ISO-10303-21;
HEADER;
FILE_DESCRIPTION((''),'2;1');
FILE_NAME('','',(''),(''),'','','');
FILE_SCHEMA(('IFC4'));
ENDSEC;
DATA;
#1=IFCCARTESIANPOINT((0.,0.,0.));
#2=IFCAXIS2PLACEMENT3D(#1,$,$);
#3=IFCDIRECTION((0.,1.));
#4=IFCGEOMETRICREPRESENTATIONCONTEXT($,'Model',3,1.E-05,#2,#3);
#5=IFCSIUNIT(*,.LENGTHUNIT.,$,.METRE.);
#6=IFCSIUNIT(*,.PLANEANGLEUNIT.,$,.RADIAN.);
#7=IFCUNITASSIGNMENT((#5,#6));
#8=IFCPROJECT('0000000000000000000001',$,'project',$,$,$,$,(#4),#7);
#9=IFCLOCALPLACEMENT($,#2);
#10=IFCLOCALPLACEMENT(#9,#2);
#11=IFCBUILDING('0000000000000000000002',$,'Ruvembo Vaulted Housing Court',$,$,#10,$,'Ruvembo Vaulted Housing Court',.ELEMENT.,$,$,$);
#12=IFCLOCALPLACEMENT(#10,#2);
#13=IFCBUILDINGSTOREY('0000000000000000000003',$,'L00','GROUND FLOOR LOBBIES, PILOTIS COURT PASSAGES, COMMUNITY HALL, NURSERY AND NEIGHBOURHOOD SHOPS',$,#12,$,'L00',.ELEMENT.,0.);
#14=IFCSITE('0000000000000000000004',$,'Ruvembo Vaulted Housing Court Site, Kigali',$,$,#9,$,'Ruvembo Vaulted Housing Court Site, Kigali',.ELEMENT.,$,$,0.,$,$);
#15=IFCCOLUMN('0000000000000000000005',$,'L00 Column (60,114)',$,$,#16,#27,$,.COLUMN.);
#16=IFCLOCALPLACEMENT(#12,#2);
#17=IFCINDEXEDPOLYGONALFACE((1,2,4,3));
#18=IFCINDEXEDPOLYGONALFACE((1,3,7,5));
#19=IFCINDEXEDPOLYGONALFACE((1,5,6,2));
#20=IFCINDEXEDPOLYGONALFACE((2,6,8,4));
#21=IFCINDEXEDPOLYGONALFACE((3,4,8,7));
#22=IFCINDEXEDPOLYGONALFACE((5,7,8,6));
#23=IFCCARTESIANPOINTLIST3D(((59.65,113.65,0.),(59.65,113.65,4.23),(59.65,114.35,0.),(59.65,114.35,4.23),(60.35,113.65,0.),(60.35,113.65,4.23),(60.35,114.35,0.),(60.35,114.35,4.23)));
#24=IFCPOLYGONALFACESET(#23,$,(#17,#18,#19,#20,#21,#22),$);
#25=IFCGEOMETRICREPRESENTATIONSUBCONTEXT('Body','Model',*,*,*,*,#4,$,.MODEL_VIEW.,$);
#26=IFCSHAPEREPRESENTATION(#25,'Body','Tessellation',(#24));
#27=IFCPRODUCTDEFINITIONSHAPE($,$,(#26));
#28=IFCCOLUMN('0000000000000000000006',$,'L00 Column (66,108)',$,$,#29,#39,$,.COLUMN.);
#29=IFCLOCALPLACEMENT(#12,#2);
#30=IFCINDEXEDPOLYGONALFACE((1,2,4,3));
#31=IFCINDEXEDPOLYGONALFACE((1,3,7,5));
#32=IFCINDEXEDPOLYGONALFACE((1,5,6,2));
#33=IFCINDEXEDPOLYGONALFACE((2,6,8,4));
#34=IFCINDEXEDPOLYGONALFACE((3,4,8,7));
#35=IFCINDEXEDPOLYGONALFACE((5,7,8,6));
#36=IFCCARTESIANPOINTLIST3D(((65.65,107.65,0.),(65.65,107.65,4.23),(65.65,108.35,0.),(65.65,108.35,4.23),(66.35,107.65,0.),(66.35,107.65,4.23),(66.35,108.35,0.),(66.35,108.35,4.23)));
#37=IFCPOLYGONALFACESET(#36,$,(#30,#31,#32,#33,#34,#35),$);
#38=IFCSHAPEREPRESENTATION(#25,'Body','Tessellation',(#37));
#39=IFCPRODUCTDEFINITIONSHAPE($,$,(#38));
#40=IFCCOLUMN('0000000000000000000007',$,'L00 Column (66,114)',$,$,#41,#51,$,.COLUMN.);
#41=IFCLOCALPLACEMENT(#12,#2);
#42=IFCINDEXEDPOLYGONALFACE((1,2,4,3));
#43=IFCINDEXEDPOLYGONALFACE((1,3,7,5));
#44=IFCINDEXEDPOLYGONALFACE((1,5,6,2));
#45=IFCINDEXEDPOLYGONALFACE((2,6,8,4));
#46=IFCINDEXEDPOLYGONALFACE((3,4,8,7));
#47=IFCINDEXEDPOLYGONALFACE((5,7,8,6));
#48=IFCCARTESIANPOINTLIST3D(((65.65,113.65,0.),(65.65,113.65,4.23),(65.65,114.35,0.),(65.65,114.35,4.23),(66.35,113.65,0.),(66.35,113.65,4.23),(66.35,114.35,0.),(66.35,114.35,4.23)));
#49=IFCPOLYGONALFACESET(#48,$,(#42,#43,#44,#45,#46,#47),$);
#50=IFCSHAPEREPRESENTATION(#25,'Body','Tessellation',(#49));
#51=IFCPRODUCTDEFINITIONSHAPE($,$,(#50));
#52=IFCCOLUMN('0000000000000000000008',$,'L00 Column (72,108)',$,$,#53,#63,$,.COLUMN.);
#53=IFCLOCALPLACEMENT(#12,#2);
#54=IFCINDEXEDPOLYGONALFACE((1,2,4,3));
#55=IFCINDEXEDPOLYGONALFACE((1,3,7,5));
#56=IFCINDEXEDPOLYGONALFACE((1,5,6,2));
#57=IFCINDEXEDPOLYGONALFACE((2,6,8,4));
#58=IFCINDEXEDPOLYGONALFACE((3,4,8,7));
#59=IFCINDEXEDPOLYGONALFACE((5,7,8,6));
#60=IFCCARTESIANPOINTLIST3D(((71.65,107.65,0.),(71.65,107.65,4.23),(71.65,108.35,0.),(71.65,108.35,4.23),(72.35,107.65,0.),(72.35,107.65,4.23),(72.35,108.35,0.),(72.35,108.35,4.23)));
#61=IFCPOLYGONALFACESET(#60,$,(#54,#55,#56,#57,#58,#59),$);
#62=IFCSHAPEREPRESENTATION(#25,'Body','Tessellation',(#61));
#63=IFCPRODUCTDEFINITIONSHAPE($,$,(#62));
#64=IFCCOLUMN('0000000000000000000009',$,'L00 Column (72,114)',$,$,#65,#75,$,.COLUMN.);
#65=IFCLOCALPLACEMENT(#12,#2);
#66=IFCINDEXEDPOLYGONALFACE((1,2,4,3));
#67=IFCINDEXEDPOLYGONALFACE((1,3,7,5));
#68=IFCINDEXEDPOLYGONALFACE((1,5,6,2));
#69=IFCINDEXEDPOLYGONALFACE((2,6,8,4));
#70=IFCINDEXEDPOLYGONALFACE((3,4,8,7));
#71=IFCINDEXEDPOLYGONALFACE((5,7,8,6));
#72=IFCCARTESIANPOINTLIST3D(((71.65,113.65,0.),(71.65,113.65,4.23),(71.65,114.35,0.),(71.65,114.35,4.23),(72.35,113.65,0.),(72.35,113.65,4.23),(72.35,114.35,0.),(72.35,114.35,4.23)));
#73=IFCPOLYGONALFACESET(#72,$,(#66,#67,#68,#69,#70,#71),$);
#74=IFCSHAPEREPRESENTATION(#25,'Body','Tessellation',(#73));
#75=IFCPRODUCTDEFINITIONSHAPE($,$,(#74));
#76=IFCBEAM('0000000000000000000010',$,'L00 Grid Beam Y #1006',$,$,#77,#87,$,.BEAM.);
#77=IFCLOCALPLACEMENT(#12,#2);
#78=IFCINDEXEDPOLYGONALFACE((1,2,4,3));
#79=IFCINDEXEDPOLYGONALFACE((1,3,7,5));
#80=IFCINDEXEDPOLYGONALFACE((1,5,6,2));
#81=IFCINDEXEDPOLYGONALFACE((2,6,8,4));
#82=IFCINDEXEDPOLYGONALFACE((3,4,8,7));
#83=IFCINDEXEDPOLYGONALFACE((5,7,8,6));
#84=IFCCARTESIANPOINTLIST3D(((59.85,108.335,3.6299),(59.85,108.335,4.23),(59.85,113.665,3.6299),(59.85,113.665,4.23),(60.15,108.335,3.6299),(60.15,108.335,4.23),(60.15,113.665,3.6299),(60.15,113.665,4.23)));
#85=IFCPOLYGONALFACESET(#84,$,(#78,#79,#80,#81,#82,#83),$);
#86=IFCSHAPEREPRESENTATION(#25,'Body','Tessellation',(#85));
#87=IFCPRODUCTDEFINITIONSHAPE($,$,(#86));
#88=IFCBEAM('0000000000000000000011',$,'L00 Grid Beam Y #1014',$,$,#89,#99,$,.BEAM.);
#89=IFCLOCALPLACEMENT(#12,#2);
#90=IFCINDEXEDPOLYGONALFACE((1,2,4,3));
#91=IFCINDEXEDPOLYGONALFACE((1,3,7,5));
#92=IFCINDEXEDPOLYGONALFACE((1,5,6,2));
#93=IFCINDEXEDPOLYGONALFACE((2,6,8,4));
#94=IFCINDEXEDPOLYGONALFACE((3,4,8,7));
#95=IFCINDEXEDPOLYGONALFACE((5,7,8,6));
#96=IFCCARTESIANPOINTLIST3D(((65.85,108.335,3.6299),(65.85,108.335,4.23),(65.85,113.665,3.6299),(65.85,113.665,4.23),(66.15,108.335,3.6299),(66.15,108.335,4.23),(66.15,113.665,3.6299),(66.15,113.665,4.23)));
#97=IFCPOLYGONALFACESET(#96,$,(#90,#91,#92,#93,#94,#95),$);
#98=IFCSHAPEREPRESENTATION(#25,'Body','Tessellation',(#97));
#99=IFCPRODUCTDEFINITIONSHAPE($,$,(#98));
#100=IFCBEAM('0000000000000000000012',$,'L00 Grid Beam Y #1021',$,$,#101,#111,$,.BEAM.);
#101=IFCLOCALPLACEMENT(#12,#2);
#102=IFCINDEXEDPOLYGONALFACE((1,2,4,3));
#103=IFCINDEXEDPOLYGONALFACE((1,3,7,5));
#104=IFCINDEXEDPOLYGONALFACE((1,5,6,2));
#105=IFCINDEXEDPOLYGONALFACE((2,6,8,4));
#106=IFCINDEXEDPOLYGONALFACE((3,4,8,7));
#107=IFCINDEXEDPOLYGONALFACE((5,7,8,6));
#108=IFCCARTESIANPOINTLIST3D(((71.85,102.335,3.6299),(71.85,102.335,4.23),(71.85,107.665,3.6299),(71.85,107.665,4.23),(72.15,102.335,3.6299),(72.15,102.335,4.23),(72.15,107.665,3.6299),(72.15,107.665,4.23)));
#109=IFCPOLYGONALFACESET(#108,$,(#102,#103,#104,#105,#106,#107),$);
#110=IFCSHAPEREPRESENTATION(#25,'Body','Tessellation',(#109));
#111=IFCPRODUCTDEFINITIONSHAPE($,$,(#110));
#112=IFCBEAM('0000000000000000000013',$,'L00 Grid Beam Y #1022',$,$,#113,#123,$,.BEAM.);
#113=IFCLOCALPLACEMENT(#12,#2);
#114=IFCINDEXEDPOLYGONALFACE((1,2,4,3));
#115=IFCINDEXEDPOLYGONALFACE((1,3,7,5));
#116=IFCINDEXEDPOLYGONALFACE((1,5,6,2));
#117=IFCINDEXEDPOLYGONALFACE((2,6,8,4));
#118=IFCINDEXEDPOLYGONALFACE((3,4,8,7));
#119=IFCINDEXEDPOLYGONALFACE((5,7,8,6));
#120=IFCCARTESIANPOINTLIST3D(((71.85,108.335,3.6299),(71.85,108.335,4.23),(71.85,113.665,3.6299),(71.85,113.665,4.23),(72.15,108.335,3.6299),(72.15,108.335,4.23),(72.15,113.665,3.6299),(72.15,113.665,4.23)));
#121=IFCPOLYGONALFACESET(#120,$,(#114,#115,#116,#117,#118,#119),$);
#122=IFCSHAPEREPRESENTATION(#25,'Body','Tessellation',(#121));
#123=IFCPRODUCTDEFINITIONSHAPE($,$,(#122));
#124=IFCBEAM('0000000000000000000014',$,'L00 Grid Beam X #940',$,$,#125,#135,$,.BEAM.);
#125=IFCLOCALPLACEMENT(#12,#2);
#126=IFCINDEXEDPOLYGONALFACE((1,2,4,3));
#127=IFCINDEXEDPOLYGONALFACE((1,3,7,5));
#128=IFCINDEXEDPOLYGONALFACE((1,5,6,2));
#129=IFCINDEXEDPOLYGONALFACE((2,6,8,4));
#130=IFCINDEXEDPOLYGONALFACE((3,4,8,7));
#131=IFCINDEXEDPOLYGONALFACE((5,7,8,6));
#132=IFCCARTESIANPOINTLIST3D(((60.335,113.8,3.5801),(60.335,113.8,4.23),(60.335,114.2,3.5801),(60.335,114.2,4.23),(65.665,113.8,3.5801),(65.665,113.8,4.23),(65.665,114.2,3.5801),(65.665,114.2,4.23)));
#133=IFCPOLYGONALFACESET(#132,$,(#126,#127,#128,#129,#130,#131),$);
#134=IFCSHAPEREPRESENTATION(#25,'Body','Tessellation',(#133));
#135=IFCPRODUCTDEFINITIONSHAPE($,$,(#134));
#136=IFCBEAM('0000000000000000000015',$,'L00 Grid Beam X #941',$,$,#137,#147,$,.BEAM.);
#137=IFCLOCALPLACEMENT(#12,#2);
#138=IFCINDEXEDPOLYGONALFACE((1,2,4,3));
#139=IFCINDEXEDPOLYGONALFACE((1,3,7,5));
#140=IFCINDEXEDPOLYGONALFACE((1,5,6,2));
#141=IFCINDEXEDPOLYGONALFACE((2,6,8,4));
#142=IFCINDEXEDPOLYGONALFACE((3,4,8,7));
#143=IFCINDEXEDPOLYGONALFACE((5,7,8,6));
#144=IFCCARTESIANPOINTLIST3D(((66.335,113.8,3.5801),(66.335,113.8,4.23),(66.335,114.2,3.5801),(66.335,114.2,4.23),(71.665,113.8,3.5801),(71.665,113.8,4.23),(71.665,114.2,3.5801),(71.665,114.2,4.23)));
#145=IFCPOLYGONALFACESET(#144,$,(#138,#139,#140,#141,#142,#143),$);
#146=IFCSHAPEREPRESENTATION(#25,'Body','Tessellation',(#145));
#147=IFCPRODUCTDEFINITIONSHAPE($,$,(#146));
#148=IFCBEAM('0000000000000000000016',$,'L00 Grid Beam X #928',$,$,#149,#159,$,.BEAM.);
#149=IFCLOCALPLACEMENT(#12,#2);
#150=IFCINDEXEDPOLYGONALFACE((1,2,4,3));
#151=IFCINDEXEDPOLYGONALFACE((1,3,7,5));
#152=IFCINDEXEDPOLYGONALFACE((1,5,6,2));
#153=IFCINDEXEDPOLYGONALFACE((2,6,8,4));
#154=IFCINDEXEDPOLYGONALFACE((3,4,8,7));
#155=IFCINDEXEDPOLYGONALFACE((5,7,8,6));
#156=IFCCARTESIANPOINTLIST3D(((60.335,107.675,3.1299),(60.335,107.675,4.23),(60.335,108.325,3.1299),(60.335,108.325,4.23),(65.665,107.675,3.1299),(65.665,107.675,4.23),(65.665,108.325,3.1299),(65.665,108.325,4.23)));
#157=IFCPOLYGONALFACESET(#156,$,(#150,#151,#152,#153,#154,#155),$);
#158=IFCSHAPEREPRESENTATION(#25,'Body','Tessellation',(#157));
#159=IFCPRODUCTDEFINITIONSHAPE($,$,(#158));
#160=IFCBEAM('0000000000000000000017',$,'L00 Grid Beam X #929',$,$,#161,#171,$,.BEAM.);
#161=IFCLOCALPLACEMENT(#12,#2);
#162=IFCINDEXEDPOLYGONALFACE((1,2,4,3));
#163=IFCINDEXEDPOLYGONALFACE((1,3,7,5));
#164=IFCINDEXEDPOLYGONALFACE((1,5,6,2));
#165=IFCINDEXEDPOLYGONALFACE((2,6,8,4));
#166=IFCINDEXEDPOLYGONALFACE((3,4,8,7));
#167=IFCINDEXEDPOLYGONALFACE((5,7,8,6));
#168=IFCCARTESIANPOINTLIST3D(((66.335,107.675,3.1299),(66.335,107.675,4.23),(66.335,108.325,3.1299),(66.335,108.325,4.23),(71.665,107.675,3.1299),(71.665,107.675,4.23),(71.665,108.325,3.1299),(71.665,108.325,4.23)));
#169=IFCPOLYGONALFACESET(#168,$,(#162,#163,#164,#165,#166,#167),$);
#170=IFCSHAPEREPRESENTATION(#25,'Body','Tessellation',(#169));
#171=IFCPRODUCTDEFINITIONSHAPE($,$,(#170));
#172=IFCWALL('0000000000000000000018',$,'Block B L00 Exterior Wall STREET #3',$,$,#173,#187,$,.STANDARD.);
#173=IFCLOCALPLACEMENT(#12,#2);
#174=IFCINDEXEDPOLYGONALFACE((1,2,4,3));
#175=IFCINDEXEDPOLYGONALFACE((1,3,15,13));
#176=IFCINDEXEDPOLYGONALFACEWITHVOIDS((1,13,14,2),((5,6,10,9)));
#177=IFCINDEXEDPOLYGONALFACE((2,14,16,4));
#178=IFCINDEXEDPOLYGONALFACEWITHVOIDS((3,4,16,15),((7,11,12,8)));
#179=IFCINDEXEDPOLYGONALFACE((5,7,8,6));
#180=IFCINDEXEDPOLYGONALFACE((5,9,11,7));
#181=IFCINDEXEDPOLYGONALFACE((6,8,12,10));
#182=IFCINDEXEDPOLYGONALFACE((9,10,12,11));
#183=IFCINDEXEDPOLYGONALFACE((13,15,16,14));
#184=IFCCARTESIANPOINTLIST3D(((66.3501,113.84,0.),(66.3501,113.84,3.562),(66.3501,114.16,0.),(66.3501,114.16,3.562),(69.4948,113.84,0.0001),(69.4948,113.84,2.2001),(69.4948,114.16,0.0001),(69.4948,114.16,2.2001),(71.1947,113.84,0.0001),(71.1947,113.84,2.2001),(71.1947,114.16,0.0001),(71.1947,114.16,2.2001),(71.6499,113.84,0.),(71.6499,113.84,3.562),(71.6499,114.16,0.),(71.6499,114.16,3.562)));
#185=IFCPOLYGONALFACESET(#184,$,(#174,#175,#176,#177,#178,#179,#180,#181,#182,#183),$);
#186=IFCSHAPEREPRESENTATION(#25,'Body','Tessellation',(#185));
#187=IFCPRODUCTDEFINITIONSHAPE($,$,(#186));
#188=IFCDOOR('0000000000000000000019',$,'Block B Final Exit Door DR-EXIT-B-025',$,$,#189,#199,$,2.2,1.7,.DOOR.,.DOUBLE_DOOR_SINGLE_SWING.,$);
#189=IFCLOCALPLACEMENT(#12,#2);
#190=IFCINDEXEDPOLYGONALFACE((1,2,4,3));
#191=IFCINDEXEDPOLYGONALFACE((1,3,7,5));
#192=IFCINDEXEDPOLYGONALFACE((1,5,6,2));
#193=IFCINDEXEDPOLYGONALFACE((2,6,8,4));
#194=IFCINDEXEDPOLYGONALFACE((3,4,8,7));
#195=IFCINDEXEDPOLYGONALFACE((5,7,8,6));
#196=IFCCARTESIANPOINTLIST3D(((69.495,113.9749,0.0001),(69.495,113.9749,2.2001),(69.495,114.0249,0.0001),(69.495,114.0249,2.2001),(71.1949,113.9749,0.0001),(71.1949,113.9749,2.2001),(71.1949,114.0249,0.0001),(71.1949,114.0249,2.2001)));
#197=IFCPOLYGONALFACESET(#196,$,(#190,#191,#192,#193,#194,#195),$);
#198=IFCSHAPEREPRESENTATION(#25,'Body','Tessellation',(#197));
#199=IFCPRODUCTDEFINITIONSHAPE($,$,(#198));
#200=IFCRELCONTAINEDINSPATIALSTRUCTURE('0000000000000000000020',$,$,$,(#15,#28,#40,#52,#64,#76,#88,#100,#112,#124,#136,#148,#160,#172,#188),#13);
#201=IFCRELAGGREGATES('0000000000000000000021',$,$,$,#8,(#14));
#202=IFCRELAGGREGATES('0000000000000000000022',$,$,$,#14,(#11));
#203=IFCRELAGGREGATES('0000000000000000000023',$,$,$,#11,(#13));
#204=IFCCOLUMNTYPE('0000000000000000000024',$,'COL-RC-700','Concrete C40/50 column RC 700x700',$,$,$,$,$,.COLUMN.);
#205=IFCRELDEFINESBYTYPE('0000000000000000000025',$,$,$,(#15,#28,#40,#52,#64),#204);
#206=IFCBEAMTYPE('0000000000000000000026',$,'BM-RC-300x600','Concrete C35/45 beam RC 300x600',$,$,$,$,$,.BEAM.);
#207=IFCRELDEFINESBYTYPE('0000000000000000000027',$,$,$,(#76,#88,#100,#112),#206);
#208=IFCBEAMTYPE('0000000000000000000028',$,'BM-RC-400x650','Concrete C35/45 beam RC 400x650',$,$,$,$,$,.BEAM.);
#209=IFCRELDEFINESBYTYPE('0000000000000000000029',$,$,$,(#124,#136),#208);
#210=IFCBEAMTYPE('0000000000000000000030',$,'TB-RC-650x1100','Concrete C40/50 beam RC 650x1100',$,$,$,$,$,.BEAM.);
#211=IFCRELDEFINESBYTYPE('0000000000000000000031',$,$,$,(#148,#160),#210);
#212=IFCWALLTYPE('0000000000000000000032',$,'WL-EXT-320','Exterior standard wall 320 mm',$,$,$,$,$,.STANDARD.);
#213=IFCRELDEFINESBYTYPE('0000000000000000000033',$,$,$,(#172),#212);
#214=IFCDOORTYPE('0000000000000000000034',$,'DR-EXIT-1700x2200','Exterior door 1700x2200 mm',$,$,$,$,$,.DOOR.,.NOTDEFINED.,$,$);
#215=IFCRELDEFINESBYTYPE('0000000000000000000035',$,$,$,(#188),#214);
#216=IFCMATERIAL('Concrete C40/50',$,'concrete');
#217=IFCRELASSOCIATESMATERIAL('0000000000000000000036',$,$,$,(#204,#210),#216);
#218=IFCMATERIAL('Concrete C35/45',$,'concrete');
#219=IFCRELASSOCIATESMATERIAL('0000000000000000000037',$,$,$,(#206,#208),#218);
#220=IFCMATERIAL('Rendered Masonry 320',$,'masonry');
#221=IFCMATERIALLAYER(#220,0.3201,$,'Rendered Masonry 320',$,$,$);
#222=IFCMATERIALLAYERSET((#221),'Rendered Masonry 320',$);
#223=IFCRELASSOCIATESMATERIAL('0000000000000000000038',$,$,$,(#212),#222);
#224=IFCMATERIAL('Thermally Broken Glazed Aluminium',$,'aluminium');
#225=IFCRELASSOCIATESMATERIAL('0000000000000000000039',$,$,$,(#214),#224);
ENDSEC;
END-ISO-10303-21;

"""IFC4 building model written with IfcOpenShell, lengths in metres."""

from ifc_helpers import new_model, si_unit, direction, frame, frame_2d, origin, origin_2d, place, context, subcontext, project, spatial, rectangle, extrude, material, layer, layer_set, material_profile, profile_set, type_object, element, fill, save


model = new_model("IFC4")

# Units and contexts
model_context = context("Model", 3, precision=1e-05, world=origin(), true_north=direction((0.0, 1.0)))
body_context = subcontext(model_context, "Body", "Model", "MODEL_VIEW")
ifc_project = project(units=[si_unit("LENGTHUNIT", "METRE"), si_unit("PLANEANGLEUNIT", "RADIAN")], contexts=[model_context])

# Site, building, storey
site_placement = place(None, origin())
site = spatial("IfcSite", under=ifc_project, at=site_placement, Name="Ruvembo Vaulted Housing Court Site, Kigali", LongName="Ruvembo Vaulted Housing Court Site, Kigali", CompositionType="ELEMENT", RefElevation=0.0)
building_placement = place(site_placement, origin())
building = spatial("IfcBuilding", under=site, at=building_placement, Name="Ruvembo Vaulted Housing Court", LongName="Ruvembo Vaulted Housing Court", CompositionType="ELEMENT")
storey_placement = place(building_placement, origin())
storey = spatial("IfcBuildingStorey", under=building, at=storey_placement, Name="L00", Description="GROUND FLOOR LOBBIES, PILOTIS COURT PASSAGES, COMMUNITY HALL, NURSERY AND NEIGHBOURHOOD SHOPS", LongName="L00", CompositionType="ELEMENT", Elevation=0.0)

# Columns
ifc_material_1 = material(Name="Concrete C40/50", Category="concrete")
ifc_material_profile_1 = material_profile(ifc_material_1, rectangle(XDim=0.7, YDim=0.7, at=origin_2d()), Name="RC 700x700")
ifc_profile_set_1 = profile_set([ifc_material_profile_1], Name="Concrete C40/50")
column_type = type_object("IfcColumnType", Name="COL-RC-700", Description="Concrete C40/50 column RC 700x700", PredefinedType="COLUMN", material=ifc_profile_set_1)
for number, where, z_axis, x_axis, name in (
    (1, (60.0, 114.0, 0.0), (0.0, 0.0, 1.0), (1.0, 0.0, 0.0), "L00 Column (60,114)"),
    (2, (66.0, 108.0, 0.0), (0.0, 0.0, 1.0), (1.0, 0.0, 0.0), "L00 Column (66,108)"),
    (3, (66.0, 114.0, 0.0), (0.0, 0.0, 1.0), (1.0, 0.0, 0.0), "L00 Column (66,114)"),
    (4, (72.0, 108.0, 0.0), (0.0, 0.0, 1.0), (1.0, 0.0, 0.0), "L00 Column (72,108)"),
    (5, (72.0, 114.0, 0.0), (0.0, 0.0, 1.0), (1.0, 0.0, 0.0), "L00 Column (72,114)"),
):
    element("IfcColumn", number, at=place(storey_placement, frame(where, z_axis=z_axis, x_axis=x_axis)), inside=storey, type_object=column_type, Name=name, PredefinedType="COLUMN", context=body_context, shape_type="SweptSolid", body=[
        extrude(rectangle(XDim=0.7, YDim=0.7, at=origin_2d()), origin(), (0.0, 0.0, 1.0), 4.23),
    ])

# Beams
ifc_material_2 = material(Name="Concrete C35/45", Category="concrete")
ifc_material_profile_2 = material_profile(ifc_material_2, rectangle(XDim=0.3, YDim=0.6001, at=origin_2d()), Name="RC 300x600")
ifc_profile_set_2 = profile_set([ifc_material_profile_2], Name="Concrete C35/45")
beam_type_1 = type_object("IfcBeamType", Name="BM-RC-300x600", Description="Concrete C35/45 beam RC 300x600", PredefinedType="BEAM", material=ifc_profile_set_2)
for number, where, z_axis, x_axis, name in (
    (6, (60.0, 108.335, 3.9299), (0.0, 1.0, 0.0), (-1.0, 0.0, 0.0), "L00 Grid Beam Y #1006"),
    (7, (66.0, 108.335, 3.9299), (0.0, 1.0, 0.0), (-1.0, 0.0, 0.0), "L00 Grid Beam Y #1014"),
    (8, (72.0, 102.335, 3.9299), (0.0, 1.0, 0.0), (-1.0, 0.0, 0.0), "L00 Grid Beam Y #1021"),
    (9, (72.0, 108.335, 3.9299), (0.0, 1.0, 0.0), (-1.0, 0.0, 0.0), "L00 Grid Beam Y #1022"),
):
    element("IfcBeam", number, at=place(storey_placement, frame(where, z_axis=z_axis, x_axis=x_axis)), inside=storey, type_object=beam_type_1, Name=name, PredefinedType="BEAM", context=body_context, shape_type="SweptSolid", body=[
        extrude(rectangle(XDim=0.3, YDim=0.6001, at=origin_2d()), origin(), (0.0, 0.0, 1.0), 5.3301),
    ])
ifc_material_profile_3 = material_profile(ifc_material_2, rectangle(XDim=0.3999, YDim=0.6499, at=origin_2d()), Name="RC 400x650")
ifc_profile_set_3 = profile_set([ifc_material_profile_3], Name="Concrete C35/45")
beam_type_2 = type_object("IfcBeamType", Name="BM-RC-400x650", Description="Concrete C35/45 beam RC 400x650", PredefinedType="BEAM", material=ifc_profile_set_3)
for number, where, z_axis, x_axis, name in (
    (10, (60.335, 114.0, 3.905), (1.0, 0.0, 0.0), (0.0, 1.0, 0.0), "L00 Grid Beam X #940"),
    (11, (66.335, 114.0, 3.905), (1.0, 0.0, 0.0), (0.0, 1.0, 0.0), "L00 Grid Beam X #941"),
):
    element("IfcBeam", number, at=place(storey_placement, frame(where, z_axis=z_axis, x_axis=x_axis)), inside=storey, type_object=beam_type_2, Name=name, PredefinedType="BEAM", context=body_context, shape_type="SweptSolid", body=[
        extrude(rectangle(XDim=0.3999, YDim=0.6499, at=origin_2d()), origin(), (0.0, 0.0, 1.0), 5.3301),
    ])
ifc_material_profile_4 = material_profile(ifc_material_1, rectangle(XDim=0.6499, YDim=1.1001, at=origin_2d()), Name="RC 650x1100")
ifc_profile_set_4 = profile_set([ifc_material_profile_4], Name="Concrete C40/50")
beam_type_3 = type_object("IfcBeamType", Name="TB-RC-650x1100", Description="Concrete C40/50 beam RC 650x1100", PredefinedType="BEAM", material=ifc_profile_set_4)
for number, where, z_axis, x_axis, name in (
    (12, (60.335, 108.0, 3.6799), (1.0, 0.0, 0.0), (0.0, 1.0, 0.0), "L00 Grid Beam X #928"),
    (13, (66.335, 108.0, 3.6799), (1.0, 0.0, 0.0), (0.0, 1.0, 0.0), "L00 Grid Beam X #929"),
):
    element("IfcBeam", number, at=place(storey_placement, frame(where, z_axis=z_axis, x_axis=x_axis)), inside=storey, type_object=beam_type_3, Name=name, PredefinedType="BEAM", context=body_context, shape_type="SweptSolid", body=[
        extrude(rectangle(XDim=0.6499, YDim=1.1001, at=origin_2d()), origin(), (0.0, 0.0, 1.0), 5.3301),
    ])

# Wall, opening, door
ifc_material_3 = material(Name="Rendered Masonry 320", Category="masonry")
ifc_layer_1 = layer(ifc_material_3, 0.3201, Name="Rendered Masonry 320")
ifc_layer_set_1 = layer_set([ifc_layer_1], Name="Rendered Masonry 320")
wall_type_1 = type_object("IfcWallType", Name="WL-EXT-320", Description="Exterior standard wall 320 mm", PredefinedType="STANDARD", material=ifc_layer_set_1)
wall_1_placement = place(storey_placement, frame((71.6499, 114.0, 0.0), z_axis=(0.0, 0.0, 1.0), x_axis=(-1.0, 0.0, 0.0)))
wall_1 = element("IfcWall", 14, at=wall_1_placement, inside=storey, type_object=wall_type_1, Name="Block B L00 Exterior Wall STREET #3", PredefinedType="STANDARD", context=body_context, shape_type="SweptSolid", body=[
    extrude(rectangle(XDim=5.2998, YDim=0.3201, at=frame_2d((2.6499, 0.0))), origin(), (0.0, 0.0, 1.0), 3.562),
])
opening_1_placement = place(wall_1_placement, frame((0.4551, 0.0, 0.0)))
opening_1 = element("IfcOpeningElement", 15, at=opening_1_placement, cuts=wall_1, PredefinedType="OPENING", context=body_context, shape_type="SweptSolid", body=[
    extrude(rectangle(XDim=1.7, YDim=2.2, at=frame_2d((0.8501, 1.1001))), frame((0.0, 0.1699, 0.0), z_axis=(0.0, -1.0, 0.0), x_axis=(1.0, 0.0, 0.0)), (0.0, 0.0, 1.0), 0.3401),
])
ifc_material_4 = material(Name="Thermally Broken Glazed Aluminium", Category="aluminium")
door_type_1 = type_object("IfcDoorType", Name="DR-EXIT-1700x2200", Description="Exterior door 1700x2200 mm", OperationType="NOTDEFINED", PredefinedType="DOOR", material=ifc_material_4)
door_1_placement = place(opening_1_placement, frame((1.7, 0.0, 0.0), z_axis=(0.0, 0.0, 1.0), x_axis=(-1.0, 0.0, 0.0)))
door_1 = element("IfcDoor", 16, at=door_1_placement, inside=storey, type_object=door_type_1, Name="Block B Final Exit Door DR-EXIT-B-025", OperationType="DOUBLE_DOOR_SINGLE_SWING", OverallHeight=2.2, OverallWidth=1.7, PredefinedType="DOOR", context=body_context, shape_type="SweptSolid", body=[
    extrude(rectangle(XDim=1.7, YDim=2.2, at=frame_2d((0.8501, 1.1001))), frame((0.0, 0.0249, 0.0), z_axis=(0.0, -1.0, 0.0), x_axis=(1.0, 0.0, 0.0)), (0.0, 0.0, 1.0), 0.05),
])
fill(opening_1, door_1)

save(model, "model.ifc")
